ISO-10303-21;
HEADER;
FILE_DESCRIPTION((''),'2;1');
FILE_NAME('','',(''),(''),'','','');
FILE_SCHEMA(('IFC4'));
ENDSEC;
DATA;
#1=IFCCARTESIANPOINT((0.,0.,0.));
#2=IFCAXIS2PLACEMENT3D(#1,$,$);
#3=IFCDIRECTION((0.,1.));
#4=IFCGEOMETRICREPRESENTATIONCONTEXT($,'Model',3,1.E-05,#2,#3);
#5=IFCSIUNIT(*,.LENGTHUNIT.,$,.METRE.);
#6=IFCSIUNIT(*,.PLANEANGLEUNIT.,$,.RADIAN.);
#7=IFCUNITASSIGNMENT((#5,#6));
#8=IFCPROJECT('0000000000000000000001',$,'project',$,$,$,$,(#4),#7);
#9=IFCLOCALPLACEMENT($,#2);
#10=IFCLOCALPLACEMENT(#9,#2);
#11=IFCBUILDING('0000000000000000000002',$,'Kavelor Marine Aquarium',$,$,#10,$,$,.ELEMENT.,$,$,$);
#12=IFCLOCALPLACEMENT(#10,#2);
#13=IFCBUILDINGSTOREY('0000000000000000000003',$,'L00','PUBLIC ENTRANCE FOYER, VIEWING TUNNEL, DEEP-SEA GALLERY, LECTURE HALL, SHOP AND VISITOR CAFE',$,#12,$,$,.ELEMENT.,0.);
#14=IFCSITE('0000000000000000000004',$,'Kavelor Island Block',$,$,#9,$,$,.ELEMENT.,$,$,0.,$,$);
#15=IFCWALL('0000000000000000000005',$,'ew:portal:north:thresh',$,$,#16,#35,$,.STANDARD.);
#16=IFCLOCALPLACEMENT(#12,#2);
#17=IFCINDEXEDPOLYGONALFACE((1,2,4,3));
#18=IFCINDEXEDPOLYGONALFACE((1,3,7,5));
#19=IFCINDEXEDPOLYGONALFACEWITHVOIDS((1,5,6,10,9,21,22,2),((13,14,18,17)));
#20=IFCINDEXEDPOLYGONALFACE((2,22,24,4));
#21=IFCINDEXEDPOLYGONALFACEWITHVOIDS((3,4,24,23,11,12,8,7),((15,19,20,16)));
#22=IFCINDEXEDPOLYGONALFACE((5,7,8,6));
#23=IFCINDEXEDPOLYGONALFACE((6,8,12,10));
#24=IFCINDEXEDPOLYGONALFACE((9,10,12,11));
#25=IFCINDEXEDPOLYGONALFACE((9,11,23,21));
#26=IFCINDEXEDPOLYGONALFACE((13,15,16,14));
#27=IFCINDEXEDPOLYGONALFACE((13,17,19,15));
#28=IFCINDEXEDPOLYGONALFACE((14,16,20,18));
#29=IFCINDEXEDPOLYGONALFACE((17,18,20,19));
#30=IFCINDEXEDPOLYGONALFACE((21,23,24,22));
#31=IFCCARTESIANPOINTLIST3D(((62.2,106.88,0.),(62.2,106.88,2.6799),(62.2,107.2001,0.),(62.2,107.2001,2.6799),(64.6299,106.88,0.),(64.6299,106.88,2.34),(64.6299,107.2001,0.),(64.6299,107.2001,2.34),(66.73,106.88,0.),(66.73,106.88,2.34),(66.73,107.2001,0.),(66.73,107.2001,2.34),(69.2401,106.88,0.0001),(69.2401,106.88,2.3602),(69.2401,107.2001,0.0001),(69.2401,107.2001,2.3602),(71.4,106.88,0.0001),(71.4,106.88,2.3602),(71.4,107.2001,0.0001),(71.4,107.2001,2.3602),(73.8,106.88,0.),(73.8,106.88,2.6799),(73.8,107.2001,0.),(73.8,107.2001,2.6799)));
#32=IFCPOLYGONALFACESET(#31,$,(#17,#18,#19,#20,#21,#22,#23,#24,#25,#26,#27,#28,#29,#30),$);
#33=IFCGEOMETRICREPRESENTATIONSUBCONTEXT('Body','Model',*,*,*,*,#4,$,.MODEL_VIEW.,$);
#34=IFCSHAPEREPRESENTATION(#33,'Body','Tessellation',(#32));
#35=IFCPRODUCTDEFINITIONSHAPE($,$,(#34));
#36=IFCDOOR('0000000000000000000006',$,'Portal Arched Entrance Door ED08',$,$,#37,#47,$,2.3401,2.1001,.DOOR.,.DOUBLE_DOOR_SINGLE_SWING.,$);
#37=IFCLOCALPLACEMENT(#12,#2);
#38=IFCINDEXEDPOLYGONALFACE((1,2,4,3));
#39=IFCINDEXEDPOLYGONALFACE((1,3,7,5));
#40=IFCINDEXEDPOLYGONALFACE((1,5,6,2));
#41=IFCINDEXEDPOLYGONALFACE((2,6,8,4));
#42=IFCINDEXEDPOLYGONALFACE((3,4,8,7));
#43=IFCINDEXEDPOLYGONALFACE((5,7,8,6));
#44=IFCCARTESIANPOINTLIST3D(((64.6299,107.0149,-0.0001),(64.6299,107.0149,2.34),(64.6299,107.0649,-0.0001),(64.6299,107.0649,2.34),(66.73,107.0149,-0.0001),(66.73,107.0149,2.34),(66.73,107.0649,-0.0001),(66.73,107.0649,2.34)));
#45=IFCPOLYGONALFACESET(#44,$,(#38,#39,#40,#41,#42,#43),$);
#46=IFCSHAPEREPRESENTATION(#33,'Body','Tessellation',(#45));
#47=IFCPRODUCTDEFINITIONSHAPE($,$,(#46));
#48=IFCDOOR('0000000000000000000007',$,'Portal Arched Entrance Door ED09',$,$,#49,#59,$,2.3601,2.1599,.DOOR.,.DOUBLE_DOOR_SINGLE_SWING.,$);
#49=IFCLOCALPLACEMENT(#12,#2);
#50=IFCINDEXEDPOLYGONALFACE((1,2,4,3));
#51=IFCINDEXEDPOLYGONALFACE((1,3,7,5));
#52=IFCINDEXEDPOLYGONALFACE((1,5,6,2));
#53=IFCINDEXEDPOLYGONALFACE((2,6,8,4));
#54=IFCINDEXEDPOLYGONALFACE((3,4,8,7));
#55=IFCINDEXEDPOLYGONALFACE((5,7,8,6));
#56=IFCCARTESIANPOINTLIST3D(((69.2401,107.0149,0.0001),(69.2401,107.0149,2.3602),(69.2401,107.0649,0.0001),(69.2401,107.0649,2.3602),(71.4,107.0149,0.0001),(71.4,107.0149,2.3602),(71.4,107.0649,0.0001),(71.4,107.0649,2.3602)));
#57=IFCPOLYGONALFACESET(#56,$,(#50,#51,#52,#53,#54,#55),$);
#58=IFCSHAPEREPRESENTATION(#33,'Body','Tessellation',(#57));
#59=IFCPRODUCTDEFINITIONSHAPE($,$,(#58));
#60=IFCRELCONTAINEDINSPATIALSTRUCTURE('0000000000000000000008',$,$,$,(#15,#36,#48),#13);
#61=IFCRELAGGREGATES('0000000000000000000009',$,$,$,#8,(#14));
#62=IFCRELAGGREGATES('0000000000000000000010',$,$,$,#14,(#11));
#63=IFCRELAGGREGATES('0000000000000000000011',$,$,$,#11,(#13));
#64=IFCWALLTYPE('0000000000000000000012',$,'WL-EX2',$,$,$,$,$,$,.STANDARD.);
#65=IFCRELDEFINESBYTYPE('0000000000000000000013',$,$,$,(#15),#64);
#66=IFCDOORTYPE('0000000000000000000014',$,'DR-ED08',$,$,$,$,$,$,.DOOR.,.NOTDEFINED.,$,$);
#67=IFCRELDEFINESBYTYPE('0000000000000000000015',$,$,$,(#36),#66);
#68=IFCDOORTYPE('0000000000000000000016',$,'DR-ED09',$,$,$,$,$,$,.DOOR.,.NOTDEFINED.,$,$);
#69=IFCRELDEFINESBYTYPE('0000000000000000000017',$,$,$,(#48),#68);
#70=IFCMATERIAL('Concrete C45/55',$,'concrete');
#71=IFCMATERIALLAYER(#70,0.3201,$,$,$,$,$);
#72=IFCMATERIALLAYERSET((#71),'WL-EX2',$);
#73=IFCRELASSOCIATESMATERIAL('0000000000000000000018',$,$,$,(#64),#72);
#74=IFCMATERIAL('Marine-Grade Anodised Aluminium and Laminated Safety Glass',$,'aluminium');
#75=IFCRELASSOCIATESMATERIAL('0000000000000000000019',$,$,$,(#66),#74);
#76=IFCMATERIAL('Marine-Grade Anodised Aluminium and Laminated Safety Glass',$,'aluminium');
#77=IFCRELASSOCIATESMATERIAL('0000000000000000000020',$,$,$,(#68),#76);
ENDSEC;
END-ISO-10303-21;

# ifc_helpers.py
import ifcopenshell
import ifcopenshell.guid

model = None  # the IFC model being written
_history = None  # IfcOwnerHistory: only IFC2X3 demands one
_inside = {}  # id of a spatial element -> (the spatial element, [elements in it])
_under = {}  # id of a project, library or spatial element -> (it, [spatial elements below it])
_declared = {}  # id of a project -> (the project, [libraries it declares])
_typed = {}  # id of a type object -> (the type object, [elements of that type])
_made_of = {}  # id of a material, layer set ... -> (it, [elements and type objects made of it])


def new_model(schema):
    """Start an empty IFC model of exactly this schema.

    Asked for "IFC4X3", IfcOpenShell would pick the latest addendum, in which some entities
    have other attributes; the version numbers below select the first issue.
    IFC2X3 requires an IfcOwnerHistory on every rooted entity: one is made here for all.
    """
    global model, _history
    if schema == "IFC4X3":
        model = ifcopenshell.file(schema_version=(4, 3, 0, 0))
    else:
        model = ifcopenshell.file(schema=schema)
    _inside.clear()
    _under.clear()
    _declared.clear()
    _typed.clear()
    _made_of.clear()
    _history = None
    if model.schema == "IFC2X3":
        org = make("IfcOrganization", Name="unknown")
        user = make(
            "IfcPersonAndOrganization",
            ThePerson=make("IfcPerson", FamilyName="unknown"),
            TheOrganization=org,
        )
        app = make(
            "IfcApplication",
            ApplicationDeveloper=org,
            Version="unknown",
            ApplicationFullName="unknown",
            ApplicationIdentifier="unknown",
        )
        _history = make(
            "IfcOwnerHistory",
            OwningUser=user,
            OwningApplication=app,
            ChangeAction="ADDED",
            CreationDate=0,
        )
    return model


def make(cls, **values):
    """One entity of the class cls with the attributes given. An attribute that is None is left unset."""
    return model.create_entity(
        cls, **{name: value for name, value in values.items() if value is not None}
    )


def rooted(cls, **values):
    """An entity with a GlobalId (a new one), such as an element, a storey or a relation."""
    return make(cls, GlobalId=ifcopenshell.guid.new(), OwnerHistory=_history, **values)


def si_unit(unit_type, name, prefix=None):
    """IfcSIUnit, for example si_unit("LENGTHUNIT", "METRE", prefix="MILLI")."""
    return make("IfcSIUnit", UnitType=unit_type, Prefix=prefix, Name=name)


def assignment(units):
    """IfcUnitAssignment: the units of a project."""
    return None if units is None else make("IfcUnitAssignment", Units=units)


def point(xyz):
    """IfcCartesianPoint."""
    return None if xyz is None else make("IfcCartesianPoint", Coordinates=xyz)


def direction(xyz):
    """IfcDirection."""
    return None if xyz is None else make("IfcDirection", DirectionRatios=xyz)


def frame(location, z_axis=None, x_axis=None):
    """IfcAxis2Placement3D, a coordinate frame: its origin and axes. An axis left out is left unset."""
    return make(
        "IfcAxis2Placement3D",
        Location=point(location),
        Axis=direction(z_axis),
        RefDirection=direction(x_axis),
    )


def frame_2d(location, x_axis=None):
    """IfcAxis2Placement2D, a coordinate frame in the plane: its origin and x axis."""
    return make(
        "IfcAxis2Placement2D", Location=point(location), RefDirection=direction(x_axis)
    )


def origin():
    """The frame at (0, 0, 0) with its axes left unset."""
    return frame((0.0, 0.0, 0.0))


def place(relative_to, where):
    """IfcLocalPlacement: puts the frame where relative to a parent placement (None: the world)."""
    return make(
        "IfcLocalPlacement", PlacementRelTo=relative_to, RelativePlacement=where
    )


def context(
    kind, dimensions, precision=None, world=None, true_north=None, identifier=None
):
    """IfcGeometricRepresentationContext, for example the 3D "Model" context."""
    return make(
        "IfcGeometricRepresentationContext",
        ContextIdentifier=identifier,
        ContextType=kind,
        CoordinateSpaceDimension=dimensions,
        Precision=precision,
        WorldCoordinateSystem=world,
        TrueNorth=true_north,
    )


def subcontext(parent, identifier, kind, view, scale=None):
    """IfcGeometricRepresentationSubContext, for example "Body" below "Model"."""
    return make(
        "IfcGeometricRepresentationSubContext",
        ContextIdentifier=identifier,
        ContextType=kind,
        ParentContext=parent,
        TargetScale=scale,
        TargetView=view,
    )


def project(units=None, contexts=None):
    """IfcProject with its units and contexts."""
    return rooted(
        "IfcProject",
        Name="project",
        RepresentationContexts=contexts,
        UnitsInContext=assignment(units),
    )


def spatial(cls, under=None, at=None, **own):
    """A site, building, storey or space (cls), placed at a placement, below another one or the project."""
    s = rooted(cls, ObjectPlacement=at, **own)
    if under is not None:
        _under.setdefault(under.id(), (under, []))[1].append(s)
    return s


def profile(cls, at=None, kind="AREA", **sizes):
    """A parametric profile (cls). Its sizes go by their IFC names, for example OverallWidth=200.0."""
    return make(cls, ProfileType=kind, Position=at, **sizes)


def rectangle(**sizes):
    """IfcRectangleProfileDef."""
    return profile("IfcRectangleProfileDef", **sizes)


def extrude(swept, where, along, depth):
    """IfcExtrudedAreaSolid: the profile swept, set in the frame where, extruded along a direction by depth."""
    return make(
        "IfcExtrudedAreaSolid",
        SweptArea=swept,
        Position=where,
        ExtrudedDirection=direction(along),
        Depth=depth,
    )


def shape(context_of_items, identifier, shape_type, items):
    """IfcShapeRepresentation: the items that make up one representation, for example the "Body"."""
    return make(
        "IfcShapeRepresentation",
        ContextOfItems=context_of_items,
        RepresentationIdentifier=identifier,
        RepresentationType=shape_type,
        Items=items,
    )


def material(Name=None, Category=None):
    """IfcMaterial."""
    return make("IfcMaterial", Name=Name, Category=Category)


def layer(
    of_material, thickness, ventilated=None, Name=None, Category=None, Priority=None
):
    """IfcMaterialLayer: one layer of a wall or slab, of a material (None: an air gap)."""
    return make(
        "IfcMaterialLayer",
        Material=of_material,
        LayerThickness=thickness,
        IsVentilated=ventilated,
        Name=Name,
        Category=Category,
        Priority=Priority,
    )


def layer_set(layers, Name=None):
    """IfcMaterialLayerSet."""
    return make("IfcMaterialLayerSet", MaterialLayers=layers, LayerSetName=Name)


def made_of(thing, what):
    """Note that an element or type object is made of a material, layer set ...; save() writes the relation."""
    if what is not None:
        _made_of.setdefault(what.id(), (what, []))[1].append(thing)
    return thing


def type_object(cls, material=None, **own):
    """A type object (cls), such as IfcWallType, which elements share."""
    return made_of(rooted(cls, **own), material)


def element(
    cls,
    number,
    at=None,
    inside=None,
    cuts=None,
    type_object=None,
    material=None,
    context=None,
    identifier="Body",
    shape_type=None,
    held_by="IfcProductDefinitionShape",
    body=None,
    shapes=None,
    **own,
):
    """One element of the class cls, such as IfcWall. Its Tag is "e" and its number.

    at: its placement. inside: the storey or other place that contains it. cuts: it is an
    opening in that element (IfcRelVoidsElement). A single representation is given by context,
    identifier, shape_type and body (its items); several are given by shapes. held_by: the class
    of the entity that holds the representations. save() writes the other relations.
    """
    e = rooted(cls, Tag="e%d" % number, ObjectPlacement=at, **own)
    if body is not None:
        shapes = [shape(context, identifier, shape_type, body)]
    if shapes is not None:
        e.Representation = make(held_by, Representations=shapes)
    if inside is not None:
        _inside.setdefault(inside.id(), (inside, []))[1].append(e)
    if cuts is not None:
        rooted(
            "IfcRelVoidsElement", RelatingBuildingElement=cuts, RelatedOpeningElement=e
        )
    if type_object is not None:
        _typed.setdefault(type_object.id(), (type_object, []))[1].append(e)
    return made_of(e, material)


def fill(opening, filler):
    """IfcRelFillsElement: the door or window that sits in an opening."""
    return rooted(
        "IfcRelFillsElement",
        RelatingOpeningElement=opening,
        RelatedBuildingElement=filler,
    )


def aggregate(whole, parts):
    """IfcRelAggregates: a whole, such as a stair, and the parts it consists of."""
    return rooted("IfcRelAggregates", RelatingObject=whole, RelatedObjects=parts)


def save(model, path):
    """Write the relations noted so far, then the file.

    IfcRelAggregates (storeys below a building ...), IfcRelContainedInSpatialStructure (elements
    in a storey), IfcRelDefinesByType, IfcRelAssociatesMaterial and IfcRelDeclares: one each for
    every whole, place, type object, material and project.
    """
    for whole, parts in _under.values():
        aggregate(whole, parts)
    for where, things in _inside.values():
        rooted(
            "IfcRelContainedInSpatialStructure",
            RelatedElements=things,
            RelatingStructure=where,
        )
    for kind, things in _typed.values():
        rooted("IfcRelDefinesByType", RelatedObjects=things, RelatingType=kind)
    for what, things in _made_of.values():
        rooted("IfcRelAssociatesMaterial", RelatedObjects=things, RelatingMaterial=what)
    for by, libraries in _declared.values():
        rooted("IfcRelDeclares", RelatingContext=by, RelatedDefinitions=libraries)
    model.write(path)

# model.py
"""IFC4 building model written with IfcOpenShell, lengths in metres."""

from ifc_helpers import new_model, si_unit, direction, frame, frame_2d, origin, place, context, subcontext, project, spatial, rectangle, extrude, material, layer, layer_set, type_object, element, fill, save


model = new_model("IFC4")

# Units and contexts
model_context = context("Model", 3, precision=1e-05, world=origin(), true_north=direction((0.0, 1.0)))
body_context = subcontext(model_context, "Body", "Model", "MODEL_VIEW")
ifc_project = project(units=[si_unit("LENGTHUNIT", "METRE"), si_unit("PLANEANGLEUNIT", "RADIAN")], contexts=[model_context])

# Site, building, storey
site_placement = place(None, origin())
site = spatial("IfcSite", under=ifc_project, at=site_placement, Name="Kavelor Island Block", CompositionType="ELEMENT", RefElevation=0.0)
building_placement = place(site_placement, origin())
building = spatial("IfcBuilding", under=site, at=building_placement, Name="Kavelor Marine Aquarium", CompositionType="ELEMENT")
storey_placement = place(building_placement, origin())
storey = spatial("IfcBuildingStorey", under=building, at=storey_placement, Name="L00", Description="PUBLIC ENTRANCE FOYER, VIEWING TUNNEL, DEEP-SEA GALLERY, LECTURE HALL, SHOP AND VISITOR CAFE", CompositionType="ELEMENT", Elevation=0.0)

# Wall, openings, doors
ifc_material_1 = material(Name="Concrete C45/55", Category="concrete")
ifc_layer_1 = layer(ifc_material_1, 0.3201)
ifc_layer_set_1 = layer_set([ifc_layer_1], Name="WL-EX2")
wall_type_1 = type_object("IfcWallType", Name="WL-EX2", PredefinedType="STANDARD", material=ifc_layer_set_1)
wall_1_placement = place(storey_placement, frame((62.2, 107.04, 0.0), z_axis=(0.0, 0.0, 1.0), x_axis=(1.0, 0.0, 0.0)))
wall_1 = element("IfcWall", 1, at=wall_1_placement, inside=storey, type_object=wall_type_1, Name="ew:portal:north:thresh", PredefinedType="STANDARD", context=body_context, shape_type="SweptSolid", body=[
    extrude(rectangle(XDim=11.6001, YDim=0.3201, at=frame_2d((5.8, 0.0))), origin(), (0.0, 0.0, 1.0), 2.6799),
])
opening_1_placement = place(wall_1_placement, frame((2.4299, 0.0, 0.0)))
opening_1 = element("IfcOpeningElement", 2, at=opening_1_placement, cuts=wall_1, PredefinedType="OPENING", context=body_context, shape_type="SweptSolid", body=[
    extrude(rectangle(XDim=2.1001, YDim=2.3401, at=frame_2d((1.05, 1.1699))), frame((0.0, 0.1699, 0.0), z_axis=(0.0, -1.0, 0.0), x_axis=(1.0, 0.0, 0.0)), (0.0, 0.0, 1.0), 0.3401),
])
opening_2_placement = place(wall_1_placement, frame((7.04, 0.0, 0.0)))
opening_2 = element("IfcOpeningElement", 3, at=opening_2_placement, cuts=wall_1, PredefinedType="OPENING", context=body_context, shape_type="SweptSolid", body=[
    extrude(rectangle(XDim=2.1599, YDim=2.3601, at=frame_2d((1.0801, 1.1802))), frame((0.0, 0.1699, 0.0), z_axis=(0.0, -1.0, 0.0), x_axis=(1.0, 0.0, 0.0)), (0.0, 0.0, 1.0), 0.3401),
])
ifc_material_2 = material(Name="Marine-Grade Anodised Aluminium and Laminated Safety Glass", Category="aluminium")
door_type_1 = type_object("IfcDoorType", Name="DR-ED08", OperationType="NOTDEFINED", PredefinedType="DOOR", material=ifc_material_2)
door_1_placement = place(opening_1_placement, origin())
door_1 = element("IfcDoor", 4, at=door_1_placement, inside=storey, type_object=door_type_1, Name="Portal Arched Entrance Door ED08", OperationType="DOUBLE_DOOR_SINGLE_SWING", OverallHeight=2.3401, OverallWidth=2.1001, PredefinedType="DOOR", context=body_context, shape_type="SweptSolid", body=[
    extrude(rectangle(XDim=2.1001, YDim=2.3401, at=frame_2d((1.05, 1.1699))), frame((0.0, 0.0249, 0.0), z_axis=(0.0, -1.0, 0.0), x_axis=(1.0, 0.0, 0.0)), (0.0, 0.0, 1.0), 0.05),
])
fill(opening_1, door_1)
ifc_material_3 = material(Name="Marine-Grade Anodised Aluminium and Laminated Safety Glass", Category="aluminium")
door_type_2 = type_object("IfcDoorType", Name="DR-ED09", OperationType="NOTDEFINED", PredefinedType="DOOR", material=ifc_material_3)
door_2_placement = place(opening_2_placement, origin())
door_2 = element("IfcDoor", 5, at=door_2_placement, inside=storey, type_object=door_type_2, Name="Portal Arched Entrance Door ED09", OperationType="DOUBLE_DOOR_SINGLE_SWING", OverallHeight=2.3601, OverallWidth=2.1599, PredefinedType="DOOR", context=body_context, shape_type="SweptSolid", body=[
    extrude(rectangle(XDim=2.1599, YDim=2.3601, at=frame_2d((1.0801, 1.1802))), frame((0.0, 0.0249, 0.0), z_axis=(0.0, -1.0, 0.0), x_axis=(1.0, 0.0, 0.0)), (0.0, 0.0, 1.0), 0.05),
])
fill(opening_2, door_2)

save(model, "model.ifc")
